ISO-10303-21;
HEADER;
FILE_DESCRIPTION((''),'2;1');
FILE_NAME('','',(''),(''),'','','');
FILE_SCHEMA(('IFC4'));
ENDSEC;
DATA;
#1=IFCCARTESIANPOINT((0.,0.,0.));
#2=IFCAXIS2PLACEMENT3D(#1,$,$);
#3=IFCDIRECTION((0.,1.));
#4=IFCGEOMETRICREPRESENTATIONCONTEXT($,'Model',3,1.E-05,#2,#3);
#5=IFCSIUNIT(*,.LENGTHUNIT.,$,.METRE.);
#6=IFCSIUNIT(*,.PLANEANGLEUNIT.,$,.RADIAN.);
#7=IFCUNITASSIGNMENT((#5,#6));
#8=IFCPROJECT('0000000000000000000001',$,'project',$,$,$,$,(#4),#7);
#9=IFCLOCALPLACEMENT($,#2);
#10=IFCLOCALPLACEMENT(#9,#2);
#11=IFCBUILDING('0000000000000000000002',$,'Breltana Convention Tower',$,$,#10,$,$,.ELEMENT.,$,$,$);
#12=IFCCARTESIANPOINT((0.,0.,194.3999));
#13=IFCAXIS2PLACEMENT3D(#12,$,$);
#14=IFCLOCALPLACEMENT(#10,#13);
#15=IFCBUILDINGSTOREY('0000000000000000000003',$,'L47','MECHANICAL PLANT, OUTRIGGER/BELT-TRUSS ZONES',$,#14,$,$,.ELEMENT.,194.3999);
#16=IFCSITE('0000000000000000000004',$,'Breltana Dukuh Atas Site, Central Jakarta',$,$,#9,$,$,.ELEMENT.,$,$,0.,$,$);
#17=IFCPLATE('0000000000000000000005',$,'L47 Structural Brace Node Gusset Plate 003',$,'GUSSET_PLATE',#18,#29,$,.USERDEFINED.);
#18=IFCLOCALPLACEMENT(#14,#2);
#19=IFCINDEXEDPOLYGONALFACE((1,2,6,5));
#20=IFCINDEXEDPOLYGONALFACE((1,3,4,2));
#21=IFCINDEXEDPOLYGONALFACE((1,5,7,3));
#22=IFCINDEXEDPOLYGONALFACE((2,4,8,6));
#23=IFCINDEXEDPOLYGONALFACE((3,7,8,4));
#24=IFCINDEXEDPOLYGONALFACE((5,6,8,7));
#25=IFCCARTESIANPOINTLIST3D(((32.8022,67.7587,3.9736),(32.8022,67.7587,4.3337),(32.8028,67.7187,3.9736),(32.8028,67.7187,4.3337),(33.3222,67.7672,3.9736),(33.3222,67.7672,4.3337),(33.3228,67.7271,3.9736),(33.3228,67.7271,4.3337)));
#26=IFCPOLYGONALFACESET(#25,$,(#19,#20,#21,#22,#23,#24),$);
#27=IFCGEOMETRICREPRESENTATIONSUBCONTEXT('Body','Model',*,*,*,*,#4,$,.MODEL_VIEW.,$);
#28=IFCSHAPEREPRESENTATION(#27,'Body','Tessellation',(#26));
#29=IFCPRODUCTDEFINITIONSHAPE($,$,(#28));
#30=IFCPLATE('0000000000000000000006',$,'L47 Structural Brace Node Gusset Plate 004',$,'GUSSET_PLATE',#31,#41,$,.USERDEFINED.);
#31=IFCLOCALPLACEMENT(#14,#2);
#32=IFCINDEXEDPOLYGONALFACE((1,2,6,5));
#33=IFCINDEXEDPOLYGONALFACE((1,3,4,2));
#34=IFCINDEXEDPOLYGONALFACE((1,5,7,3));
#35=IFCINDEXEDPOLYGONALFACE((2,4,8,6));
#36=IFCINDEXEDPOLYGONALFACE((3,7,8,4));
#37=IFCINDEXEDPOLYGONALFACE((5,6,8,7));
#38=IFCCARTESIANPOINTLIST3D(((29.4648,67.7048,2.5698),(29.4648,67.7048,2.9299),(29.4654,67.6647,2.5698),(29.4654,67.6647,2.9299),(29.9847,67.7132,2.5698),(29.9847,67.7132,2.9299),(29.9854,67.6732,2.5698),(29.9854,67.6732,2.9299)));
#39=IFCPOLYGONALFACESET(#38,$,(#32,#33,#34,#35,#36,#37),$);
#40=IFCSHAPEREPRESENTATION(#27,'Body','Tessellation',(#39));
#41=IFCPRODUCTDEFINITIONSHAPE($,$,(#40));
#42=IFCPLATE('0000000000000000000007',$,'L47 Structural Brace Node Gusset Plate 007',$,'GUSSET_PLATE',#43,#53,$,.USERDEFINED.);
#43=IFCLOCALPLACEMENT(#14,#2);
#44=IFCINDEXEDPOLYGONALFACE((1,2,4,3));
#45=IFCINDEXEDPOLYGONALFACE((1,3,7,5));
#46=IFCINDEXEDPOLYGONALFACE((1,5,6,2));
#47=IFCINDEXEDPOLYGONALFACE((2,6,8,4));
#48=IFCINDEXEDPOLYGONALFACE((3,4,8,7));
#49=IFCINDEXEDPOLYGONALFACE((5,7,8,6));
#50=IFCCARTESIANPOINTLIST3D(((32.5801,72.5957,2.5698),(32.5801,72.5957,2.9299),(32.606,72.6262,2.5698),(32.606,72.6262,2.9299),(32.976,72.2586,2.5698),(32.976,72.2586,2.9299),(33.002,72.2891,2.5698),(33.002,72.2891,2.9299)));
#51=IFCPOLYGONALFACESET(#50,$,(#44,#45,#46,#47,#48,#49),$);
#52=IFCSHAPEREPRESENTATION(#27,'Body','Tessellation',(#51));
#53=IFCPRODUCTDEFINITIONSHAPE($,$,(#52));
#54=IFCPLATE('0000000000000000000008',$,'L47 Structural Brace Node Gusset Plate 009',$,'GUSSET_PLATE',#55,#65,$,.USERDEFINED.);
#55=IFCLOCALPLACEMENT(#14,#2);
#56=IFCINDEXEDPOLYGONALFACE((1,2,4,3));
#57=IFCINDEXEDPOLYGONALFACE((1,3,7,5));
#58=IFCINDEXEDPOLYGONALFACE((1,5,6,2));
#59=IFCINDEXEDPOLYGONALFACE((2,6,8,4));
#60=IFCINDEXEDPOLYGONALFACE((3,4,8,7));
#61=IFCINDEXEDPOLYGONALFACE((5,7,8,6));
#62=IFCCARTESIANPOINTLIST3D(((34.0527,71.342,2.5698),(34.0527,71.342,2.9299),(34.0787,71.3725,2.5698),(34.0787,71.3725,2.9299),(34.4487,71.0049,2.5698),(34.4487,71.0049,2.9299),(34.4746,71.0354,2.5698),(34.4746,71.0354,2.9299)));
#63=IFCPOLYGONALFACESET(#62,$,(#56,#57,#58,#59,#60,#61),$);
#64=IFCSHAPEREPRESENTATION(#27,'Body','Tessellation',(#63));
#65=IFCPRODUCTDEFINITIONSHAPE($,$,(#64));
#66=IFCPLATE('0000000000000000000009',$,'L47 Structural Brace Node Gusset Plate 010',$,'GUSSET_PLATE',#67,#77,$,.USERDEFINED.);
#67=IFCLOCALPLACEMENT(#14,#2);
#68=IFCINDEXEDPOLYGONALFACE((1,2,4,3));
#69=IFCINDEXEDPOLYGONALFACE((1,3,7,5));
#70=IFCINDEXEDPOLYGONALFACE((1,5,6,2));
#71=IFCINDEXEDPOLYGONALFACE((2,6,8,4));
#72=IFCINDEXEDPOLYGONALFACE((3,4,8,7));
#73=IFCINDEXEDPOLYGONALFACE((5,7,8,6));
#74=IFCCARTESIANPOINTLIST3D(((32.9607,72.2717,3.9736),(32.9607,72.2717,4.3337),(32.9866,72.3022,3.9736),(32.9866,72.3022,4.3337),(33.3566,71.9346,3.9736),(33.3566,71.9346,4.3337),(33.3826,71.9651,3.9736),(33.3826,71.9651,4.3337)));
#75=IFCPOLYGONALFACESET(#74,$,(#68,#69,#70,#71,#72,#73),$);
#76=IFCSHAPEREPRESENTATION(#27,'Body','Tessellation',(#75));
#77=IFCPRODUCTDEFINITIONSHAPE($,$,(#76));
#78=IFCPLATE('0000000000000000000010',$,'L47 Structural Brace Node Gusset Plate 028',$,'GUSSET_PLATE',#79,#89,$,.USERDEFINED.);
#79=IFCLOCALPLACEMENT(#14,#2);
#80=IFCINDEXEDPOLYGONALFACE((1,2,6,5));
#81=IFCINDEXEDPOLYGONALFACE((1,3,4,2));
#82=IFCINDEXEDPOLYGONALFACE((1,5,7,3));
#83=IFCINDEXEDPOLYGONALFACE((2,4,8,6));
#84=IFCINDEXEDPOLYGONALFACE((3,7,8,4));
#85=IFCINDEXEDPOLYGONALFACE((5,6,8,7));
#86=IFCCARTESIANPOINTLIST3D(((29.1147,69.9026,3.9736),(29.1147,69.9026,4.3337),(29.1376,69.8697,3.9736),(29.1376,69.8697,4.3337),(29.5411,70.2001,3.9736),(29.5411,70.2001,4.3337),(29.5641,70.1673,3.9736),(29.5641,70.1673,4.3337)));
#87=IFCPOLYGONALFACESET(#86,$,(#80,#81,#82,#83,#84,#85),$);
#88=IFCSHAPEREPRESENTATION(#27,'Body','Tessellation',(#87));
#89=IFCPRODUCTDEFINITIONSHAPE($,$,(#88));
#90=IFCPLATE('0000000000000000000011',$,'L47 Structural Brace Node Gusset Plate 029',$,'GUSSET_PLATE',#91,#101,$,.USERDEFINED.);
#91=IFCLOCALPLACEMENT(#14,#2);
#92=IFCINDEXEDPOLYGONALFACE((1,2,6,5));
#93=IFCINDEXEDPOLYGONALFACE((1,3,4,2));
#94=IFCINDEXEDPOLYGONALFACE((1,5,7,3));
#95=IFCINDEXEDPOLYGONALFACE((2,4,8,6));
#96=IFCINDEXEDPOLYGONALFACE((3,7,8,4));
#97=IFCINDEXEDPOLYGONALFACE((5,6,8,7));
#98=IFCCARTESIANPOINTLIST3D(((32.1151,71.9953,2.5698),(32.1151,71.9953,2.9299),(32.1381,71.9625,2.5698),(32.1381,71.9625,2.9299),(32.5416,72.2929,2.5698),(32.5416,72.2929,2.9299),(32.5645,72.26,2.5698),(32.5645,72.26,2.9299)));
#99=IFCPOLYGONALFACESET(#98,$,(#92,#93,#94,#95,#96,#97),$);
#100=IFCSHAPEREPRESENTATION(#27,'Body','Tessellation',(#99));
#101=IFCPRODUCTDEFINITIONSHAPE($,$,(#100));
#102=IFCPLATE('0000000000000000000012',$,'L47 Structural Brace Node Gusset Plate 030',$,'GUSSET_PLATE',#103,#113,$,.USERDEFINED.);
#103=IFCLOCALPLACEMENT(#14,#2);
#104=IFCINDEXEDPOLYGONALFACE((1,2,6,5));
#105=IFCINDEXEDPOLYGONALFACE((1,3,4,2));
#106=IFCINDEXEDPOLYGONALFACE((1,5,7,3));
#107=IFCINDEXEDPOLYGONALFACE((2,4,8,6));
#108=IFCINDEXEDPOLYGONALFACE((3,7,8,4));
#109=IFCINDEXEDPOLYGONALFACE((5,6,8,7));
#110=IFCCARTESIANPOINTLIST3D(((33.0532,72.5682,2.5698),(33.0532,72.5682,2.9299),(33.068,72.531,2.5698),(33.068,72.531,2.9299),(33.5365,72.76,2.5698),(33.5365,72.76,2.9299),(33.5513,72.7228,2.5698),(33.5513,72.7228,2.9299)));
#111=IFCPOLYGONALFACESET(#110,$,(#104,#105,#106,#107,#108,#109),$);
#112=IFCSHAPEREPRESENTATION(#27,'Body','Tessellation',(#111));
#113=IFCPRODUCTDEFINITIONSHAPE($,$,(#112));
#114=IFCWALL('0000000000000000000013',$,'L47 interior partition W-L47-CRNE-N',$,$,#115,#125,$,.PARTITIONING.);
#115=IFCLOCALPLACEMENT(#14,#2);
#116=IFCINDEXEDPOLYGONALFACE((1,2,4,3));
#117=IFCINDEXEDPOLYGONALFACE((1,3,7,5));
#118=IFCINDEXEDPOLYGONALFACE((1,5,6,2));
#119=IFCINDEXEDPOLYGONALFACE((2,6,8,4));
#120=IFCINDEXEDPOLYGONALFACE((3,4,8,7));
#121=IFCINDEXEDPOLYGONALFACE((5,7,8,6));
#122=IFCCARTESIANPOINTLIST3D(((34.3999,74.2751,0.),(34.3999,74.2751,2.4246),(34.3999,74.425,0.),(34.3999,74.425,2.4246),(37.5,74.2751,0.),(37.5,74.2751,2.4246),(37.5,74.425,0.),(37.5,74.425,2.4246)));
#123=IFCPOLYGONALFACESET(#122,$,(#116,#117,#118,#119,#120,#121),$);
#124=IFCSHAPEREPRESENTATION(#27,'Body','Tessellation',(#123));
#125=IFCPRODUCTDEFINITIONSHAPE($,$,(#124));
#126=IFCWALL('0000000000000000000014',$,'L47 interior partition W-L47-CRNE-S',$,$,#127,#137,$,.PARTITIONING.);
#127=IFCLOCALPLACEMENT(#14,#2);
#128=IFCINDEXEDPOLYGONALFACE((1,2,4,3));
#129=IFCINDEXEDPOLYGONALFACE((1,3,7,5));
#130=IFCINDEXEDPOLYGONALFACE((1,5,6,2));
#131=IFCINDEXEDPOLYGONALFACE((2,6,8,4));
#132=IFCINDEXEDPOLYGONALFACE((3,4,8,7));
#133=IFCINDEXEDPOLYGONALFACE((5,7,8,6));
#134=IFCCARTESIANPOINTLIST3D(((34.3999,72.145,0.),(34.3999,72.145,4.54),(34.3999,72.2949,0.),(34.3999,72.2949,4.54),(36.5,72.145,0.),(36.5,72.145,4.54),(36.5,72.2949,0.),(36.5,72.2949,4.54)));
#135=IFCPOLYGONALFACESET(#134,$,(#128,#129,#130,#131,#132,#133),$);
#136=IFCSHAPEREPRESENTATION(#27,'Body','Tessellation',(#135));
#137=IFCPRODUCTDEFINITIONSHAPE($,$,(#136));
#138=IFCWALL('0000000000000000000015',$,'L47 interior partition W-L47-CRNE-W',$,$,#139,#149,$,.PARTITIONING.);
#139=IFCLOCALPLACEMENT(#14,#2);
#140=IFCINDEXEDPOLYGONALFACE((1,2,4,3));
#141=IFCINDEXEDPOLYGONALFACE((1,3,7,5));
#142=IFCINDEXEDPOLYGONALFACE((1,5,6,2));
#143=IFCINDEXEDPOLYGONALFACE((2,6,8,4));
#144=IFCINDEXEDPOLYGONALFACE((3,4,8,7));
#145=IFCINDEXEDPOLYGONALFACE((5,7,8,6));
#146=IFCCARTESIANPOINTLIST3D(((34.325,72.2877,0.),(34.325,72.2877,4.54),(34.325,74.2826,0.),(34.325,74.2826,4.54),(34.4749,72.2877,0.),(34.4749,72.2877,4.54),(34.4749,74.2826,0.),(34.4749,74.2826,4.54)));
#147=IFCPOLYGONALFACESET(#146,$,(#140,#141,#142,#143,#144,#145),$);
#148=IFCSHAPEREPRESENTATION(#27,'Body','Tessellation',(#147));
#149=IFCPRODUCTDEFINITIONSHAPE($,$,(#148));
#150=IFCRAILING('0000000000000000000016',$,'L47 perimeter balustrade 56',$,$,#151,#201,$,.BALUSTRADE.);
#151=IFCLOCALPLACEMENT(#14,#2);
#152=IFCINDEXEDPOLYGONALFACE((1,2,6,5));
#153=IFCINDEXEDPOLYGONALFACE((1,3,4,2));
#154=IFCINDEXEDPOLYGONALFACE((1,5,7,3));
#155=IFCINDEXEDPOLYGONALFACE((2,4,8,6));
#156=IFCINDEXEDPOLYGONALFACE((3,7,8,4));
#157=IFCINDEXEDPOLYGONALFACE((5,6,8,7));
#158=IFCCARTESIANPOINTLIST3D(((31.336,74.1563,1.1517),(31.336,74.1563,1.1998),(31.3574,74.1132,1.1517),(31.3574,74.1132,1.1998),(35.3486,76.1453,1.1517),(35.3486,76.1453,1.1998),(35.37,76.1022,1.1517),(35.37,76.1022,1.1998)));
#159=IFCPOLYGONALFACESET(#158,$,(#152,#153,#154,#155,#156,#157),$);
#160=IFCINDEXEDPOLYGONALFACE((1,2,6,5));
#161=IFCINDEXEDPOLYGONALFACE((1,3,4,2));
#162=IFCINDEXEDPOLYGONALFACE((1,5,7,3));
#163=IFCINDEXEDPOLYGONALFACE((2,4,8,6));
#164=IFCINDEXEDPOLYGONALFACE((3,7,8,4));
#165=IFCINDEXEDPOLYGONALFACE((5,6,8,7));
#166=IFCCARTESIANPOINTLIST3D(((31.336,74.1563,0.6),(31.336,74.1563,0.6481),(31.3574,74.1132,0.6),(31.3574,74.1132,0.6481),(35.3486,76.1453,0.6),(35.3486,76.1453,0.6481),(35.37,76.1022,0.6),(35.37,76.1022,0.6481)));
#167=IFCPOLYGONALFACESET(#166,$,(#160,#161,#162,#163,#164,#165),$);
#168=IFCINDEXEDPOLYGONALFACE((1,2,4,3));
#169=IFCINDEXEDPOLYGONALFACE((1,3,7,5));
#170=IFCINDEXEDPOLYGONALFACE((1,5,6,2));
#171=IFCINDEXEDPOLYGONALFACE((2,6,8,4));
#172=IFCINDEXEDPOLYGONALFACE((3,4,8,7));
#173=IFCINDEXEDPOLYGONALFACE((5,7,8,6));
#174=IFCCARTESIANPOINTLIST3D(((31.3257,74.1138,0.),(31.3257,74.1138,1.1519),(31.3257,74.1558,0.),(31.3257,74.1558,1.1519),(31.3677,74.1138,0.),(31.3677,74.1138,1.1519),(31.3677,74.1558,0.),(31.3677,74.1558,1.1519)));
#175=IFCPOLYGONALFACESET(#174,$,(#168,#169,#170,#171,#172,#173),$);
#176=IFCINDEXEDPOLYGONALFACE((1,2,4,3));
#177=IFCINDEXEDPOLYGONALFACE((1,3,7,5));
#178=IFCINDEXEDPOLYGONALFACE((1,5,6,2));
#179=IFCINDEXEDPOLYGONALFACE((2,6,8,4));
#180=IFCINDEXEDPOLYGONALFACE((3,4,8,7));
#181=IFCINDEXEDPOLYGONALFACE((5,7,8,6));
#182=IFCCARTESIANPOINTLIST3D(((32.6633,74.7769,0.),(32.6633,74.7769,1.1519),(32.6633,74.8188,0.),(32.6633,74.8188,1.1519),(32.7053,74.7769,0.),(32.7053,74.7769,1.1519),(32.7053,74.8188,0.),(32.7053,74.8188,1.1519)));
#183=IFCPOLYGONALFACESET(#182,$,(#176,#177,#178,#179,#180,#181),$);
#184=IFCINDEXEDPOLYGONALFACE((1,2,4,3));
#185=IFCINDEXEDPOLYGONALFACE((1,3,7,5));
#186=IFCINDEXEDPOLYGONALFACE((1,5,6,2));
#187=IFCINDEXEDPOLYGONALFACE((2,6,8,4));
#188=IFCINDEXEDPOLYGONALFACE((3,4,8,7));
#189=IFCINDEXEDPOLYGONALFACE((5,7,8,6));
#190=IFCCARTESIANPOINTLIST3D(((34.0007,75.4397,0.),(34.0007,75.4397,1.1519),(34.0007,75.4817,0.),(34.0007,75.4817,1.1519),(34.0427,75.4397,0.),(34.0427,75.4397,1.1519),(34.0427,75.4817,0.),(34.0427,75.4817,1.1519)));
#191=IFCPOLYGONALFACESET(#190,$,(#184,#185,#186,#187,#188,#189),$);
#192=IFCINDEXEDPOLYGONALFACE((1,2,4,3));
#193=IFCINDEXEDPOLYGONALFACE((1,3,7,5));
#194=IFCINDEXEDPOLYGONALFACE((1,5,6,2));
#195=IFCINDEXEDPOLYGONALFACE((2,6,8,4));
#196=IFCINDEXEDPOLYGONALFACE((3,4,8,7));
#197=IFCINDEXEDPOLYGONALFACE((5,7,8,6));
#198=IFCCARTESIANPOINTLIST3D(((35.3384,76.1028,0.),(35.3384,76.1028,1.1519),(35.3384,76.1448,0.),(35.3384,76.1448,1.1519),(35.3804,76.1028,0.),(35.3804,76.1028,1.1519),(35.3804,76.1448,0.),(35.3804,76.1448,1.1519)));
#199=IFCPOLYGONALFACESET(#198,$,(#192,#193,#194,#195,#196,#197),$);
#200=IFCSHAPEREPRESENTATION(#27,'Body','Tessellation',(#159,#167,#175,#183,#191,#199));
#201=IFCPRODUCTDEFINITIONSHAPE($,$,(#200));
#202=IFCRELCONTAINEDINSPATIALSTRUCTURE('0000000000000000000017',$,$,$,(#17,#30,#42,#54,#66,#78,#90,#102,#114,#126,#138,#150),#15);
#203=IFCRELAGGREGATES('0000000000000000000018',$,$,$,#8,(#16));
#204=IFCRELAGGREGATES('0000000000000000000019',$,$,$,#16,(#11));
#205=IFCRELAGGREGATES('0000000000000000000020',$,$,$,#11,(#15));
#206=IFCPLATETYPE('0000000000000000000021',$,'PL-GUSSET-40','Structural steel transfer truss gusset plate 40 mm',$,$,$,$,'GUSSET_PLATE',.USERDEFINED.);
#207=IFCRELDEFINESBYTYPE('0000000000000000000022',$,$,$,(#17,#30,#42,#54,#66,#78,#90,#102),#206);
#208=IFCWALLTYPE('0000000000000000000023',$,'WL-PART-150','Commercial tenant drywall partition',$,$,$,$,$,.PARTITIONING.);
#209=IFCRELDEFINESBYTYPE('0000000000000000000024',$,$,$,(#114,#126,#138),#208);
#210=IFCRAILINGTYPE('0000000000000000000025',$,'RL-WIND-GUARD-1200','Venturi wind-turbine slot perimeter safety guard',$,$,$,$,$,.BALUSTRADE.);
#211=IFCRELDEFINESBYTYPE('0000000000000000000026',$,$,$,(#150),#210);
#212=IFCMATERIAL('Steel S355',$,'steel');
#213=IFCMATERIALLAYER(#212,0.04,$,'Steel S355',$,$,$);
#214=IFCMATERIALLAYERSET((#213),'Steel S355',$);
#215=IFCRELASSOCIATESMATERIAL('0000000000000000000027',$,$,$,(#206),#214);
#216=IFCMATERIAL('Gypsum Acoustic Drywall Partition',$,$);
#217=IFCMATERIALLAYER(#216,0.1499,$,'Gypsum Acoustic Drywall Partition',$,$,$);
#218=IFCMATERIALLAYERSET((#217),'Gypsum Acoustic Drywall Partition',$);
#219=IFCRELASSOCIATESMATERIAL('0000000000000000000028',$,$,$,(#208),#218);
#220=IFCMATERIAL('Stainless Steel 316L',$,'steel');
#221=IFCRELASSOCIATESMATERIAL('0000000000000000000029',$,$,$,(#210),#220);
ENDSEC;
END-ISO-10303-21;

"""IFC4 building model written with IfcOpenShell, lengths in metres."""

from ifc_helpers import new_model, si_unit, direction, frame, frame_2d, origin, origin_2d, place, context, subcontext, project, spatial, rectangle, extrude, source, transform, mapped, material, layer, layer_set, type_object, element, save


model = new_model("IFC4")

# Units and contexts
model_context = context("Model", 3, precision=1e-05, world=origin(), true_north=direction((0.0, 1.0)))
body_context = subcontext(model_context, "Body", "Model", "MODEL_VIEW")
ifc_project = project(units=[si_unit("LENGTHUNIT", "METRE"), si_unit("PLANEANGLEUNIT", "RADIAN")], contexts=[model_context])

# Site, building, storey
site_placement = place(None, origin())
site = spatial("IfcSite", under=ifc_project, at=site_placement, Name="Breltana Dukuh Atas Site, Central Jakarta", CompositionType="ELEMENT", RefElevation=0.0)
building_placement = place(site_placement, origin())
building = spatial("IfcBuilding", under=site, at=building_placement, Name="Breltana Convention Tower", CompositionType="ELEMENT")
storey_placement = place(building_placement, frame((0.0, 0.0, 194.3999)))
storey = spatial("IfcBuildingStorey", under=building, at=storey_placement, Name="L47", Description="MECHANICAL PLANT, OUTRIGGER/BELT-TRUSS ZONES", CompositionType="ELEMENT", Elevation=194.3999)

# Plates
ifc_material_1 = material(Name="Steel S355", Category="steel")
ifc_layer_1 = layer(ifc_material_1, 0.04, Name="Steel S355")
ifc_layer_set_1 = layer_set([ifc_layer_1], Name="Steel S355")
plate_type = type_object("IfcPlateType", Name="PL-GUSSET-40", Description="Structural steel transfer truss gusset plate 40 mm", ElementType="GUSSET_PLATE", PredefinedType="USERDEFINED", material=ifc_layer_set_1)
shared_shape_1 = source(origin(), body_context, "Body", "SweptSolid", [
    extrude(rectangle(XDim=0.52, YDim=0.04, at=origin_2d()), origin(), (0.0, 0.0, 1.0), 0.3601),
])
for number, where, z_axis, x_axis, name in (
    (1, (33.0625, 67.7429, 3.9736), (0.0, 0.0, 1.0), (-0.999868, -0.016231, 0.0), "L47 Structural Brace Node Gusset Plate 003"),
    (2, (29.7251, 67.689, 2.5698), (0.0, 0.0, 1.0), (-0.999868, -0.016231, 0.0), "L47 Structural Brace Node Gusset Plate 004"),
    (3, (32.791, 72.4424, 2.5698), (0.0, 0.0, 1.0), (-0.761425, 0.648253, 0.0), "L47 Structural Brace Node Gusset Plate 007"),
    (4, (34.2637, 71.1887, 2.5698), (0.0, 0.0, 1.0), (-0.761425, 0.648253, 0.0), "L47 Structural Brace Node Gusset Plate 009"),
    (5, (33.1716, 72.1184, 3.9736), (0.0, 0.0, 1.0), (-0.761425, 0.648253, 0.0), "L47 Structural Brace Node Gusset Plate 010"),
    (6, (29.3394, 70.0349, 3.9736), (0.0, 0.0, 1.0), (0.820152, 0.572146, 0.0), "L47 Structural Brace Node Gusset Plate 028"),
    (7, (32.3398, 72.1277, 2.5698), (0.0, 0.0, 1.0), (0.820152, 0.572146, 0.0), "L47 Structural Brace Node Gusset Plate 029"),
    (8, (33.3022, 72.6455, 2.5698), (0.0, 0.0, 1.0), (0.929455, 0.368936, 0.0), "L47 Structural Brace Node Gusset Plate 030"),
):
    element("IfcPlate", number, at=place(storey_placement, frame(where, z_axis=z_axis, x_axis=x_axis)), inside=storey, type_object=plate_type, Name=name, ObjectType="GUSSET_PLATE", PredefinedType="USERDEFINED", context=body_context, shape_type="MappedRepresentation", body=[
        mapped(shared_shape_1, transform((0.0, 0.0, 0.0), scale=1.0)),
    ])

# Walls
ifc_material_2 = material(Name="Gypsum Acoustic Drywall Partition")
ifc_layer_2 = layer(ifc_material_2, 0.1499, Name="Gypsum Acoustic Drywall Partition")
ifc_layer_set_2 = layer_set([ifc_layer_2], Name="Gypsum Acoustic Drywall Partition")
wall_type = type_object("IfcWallType", Name="WL-PART-150", Description="Commercial tenant drywall partition", PredefinedType="PARTITIONING", material=ifc_layer_set_2)
shared_shape_2 = source(origin(), body_context, "Body", "SweptSolid", [
    extrude(rectangle(XDim=3.1001, YDim=0.1499, at=frame_2d((1.55, 0.0))), origin(), (0.0, 0.0, 1.0), 2.4246),
])
wall_1_placement = place(storey_placement, frame((34.3999, 74.3501, 0.0), z_axis=(0.0, 0.0, 1.0), x_axis=(1.0, 0.0, 0.0)))
element("IfcWall", 9, at=wall_1_placement, inside=storey, type_object=wall_type, Name="L47 interior partition W-L47-CRNE-N", PredefinedType="PARTITIONING", context=body_context, shape_type="MappedRepresentation", body=[
    mapped(shared_shape_2, transform((0.0, 0.0, 0.0), scale=1.0)),
])
shared_shape_3 = source(origin(), body_context, "Body", "SweptSolid", [
    extrude(rectangle(XDim=2.1001, YDim=0.1499, at=frame_2d((1.05, 0.0))), origin(), (0.0, 0.0, 1.0), 4.54),
])
wall_2_placement = place(storey_placement, frame((34.3999, 72.22, 0.0), z_axis=(0.0, 0.0, 1.0), x_axis=(1.0, 0.0, 0.0)))
element("IfcWall", 10, at=wall_2_placement, inside=storey, type_object=wall_type, Name="L47 interior partition W-L47-CRNE-S", PredefinedType="PARTITIONING", context=body_context, shape_type="MappedRepresentation", body=[
    mapped(shared_shape_3, transform((0.0, 0.0, 0.0), scale=1.0)),
])
shared_shape_4 = source(origin(), body_context, "Body", "SweptSolid", [
    extrude(rectangle(XDim=1.9949, YDim=0.1499, at=frame_2d((0.9976, 0.0))), origin(), (0.0, 0.0, 1.0), 4.54),
])
wall_3_placement = place(storey_placement, frame((34.3999, 72.2876, 0.0), z_axis=(0.0, 0.0, 1.0), x_axis=(0.0, 1.0, 0.0)))
element("IfcWall", 11, at=wall_3_placement, inside=storey, type_object=wall_type, Name="L47 interior partition W-L47-CRNE-W", PredefinedType="PARTITIONING", context=body_context, shape_type="MappedRepresentation", body=[
    mapped(shared_shape_4, transform((0.0, 0.0, 0.0), scale=1.0)),
])

# Railing
ifc_material_3 = material(Name="Stainless Steel 316L", Category="steel")
railing_type = type_object("IfcRailingType", Name="RL-WIND-GUARD-1200", Description="Venturi wind-turbine slot perimeter safety guard", PredefinedType="BALUSTRADE", material=ifc_material_3)
railing_placement = place(storey_placement, frame((31.3467, 74.1348, 0.0)))
element("IfcRailing", 12, at=railing_placement, inside=storey, type_object=railing_type, Name="L47 perimeter balustrade 56", PredefinedType="BALUSTRADE", context=body_context, shape_type="SweptSolid", body=[
    extrude(rectangle(XDim=0.0481, YDim=0.0481, at=origin_2d()), frame((0.0, 0.0, 1.1758), z_axis=(0.89597, 0.444115, 0.0), x_axis=(-0.444115, 0.89597, 0.0)), (0.0, 0.0, 1.0), 4.4785),
    extrude(rectangle(XDim=0.0481, YDim=0.0481, at=origin_2d()), frame((0.0, 0.0, 0.624), z_axis=(0.89597, 0.444115, 0.0), x_axis=(-0.444115, 0.89597, 0.0)), (0.0, 0.0, 1.0), 4.4785),
    extrude(rectangle(XDim=0.042, YDim=0.042, at=origin_2d()), origin(), (0.0, 0.0, 1.0), 1.1519),
    extrude(rectangle(XDim=0.042, YDim=0.042, at=origin_2d()), frame((1.3376, 0.6631, 0.0)), (0.0, 0.0, 1.0), 1.1519),
    extrude(rectangle(XDim=0.042, YDim=0.042, at=origin_2d()), frame((2.675, 1.3259, 0.0)), (0.0, 0.0, 1.0), 1.1519),
    extrude(rectangle(XDim=0.042, YDim=0.042, at=origin_2d()), frame((4.0127, 1.989, 0.0)), (0.0, 0.0, 1.0), 1.1519),
])

save(model, "model.ifc")
